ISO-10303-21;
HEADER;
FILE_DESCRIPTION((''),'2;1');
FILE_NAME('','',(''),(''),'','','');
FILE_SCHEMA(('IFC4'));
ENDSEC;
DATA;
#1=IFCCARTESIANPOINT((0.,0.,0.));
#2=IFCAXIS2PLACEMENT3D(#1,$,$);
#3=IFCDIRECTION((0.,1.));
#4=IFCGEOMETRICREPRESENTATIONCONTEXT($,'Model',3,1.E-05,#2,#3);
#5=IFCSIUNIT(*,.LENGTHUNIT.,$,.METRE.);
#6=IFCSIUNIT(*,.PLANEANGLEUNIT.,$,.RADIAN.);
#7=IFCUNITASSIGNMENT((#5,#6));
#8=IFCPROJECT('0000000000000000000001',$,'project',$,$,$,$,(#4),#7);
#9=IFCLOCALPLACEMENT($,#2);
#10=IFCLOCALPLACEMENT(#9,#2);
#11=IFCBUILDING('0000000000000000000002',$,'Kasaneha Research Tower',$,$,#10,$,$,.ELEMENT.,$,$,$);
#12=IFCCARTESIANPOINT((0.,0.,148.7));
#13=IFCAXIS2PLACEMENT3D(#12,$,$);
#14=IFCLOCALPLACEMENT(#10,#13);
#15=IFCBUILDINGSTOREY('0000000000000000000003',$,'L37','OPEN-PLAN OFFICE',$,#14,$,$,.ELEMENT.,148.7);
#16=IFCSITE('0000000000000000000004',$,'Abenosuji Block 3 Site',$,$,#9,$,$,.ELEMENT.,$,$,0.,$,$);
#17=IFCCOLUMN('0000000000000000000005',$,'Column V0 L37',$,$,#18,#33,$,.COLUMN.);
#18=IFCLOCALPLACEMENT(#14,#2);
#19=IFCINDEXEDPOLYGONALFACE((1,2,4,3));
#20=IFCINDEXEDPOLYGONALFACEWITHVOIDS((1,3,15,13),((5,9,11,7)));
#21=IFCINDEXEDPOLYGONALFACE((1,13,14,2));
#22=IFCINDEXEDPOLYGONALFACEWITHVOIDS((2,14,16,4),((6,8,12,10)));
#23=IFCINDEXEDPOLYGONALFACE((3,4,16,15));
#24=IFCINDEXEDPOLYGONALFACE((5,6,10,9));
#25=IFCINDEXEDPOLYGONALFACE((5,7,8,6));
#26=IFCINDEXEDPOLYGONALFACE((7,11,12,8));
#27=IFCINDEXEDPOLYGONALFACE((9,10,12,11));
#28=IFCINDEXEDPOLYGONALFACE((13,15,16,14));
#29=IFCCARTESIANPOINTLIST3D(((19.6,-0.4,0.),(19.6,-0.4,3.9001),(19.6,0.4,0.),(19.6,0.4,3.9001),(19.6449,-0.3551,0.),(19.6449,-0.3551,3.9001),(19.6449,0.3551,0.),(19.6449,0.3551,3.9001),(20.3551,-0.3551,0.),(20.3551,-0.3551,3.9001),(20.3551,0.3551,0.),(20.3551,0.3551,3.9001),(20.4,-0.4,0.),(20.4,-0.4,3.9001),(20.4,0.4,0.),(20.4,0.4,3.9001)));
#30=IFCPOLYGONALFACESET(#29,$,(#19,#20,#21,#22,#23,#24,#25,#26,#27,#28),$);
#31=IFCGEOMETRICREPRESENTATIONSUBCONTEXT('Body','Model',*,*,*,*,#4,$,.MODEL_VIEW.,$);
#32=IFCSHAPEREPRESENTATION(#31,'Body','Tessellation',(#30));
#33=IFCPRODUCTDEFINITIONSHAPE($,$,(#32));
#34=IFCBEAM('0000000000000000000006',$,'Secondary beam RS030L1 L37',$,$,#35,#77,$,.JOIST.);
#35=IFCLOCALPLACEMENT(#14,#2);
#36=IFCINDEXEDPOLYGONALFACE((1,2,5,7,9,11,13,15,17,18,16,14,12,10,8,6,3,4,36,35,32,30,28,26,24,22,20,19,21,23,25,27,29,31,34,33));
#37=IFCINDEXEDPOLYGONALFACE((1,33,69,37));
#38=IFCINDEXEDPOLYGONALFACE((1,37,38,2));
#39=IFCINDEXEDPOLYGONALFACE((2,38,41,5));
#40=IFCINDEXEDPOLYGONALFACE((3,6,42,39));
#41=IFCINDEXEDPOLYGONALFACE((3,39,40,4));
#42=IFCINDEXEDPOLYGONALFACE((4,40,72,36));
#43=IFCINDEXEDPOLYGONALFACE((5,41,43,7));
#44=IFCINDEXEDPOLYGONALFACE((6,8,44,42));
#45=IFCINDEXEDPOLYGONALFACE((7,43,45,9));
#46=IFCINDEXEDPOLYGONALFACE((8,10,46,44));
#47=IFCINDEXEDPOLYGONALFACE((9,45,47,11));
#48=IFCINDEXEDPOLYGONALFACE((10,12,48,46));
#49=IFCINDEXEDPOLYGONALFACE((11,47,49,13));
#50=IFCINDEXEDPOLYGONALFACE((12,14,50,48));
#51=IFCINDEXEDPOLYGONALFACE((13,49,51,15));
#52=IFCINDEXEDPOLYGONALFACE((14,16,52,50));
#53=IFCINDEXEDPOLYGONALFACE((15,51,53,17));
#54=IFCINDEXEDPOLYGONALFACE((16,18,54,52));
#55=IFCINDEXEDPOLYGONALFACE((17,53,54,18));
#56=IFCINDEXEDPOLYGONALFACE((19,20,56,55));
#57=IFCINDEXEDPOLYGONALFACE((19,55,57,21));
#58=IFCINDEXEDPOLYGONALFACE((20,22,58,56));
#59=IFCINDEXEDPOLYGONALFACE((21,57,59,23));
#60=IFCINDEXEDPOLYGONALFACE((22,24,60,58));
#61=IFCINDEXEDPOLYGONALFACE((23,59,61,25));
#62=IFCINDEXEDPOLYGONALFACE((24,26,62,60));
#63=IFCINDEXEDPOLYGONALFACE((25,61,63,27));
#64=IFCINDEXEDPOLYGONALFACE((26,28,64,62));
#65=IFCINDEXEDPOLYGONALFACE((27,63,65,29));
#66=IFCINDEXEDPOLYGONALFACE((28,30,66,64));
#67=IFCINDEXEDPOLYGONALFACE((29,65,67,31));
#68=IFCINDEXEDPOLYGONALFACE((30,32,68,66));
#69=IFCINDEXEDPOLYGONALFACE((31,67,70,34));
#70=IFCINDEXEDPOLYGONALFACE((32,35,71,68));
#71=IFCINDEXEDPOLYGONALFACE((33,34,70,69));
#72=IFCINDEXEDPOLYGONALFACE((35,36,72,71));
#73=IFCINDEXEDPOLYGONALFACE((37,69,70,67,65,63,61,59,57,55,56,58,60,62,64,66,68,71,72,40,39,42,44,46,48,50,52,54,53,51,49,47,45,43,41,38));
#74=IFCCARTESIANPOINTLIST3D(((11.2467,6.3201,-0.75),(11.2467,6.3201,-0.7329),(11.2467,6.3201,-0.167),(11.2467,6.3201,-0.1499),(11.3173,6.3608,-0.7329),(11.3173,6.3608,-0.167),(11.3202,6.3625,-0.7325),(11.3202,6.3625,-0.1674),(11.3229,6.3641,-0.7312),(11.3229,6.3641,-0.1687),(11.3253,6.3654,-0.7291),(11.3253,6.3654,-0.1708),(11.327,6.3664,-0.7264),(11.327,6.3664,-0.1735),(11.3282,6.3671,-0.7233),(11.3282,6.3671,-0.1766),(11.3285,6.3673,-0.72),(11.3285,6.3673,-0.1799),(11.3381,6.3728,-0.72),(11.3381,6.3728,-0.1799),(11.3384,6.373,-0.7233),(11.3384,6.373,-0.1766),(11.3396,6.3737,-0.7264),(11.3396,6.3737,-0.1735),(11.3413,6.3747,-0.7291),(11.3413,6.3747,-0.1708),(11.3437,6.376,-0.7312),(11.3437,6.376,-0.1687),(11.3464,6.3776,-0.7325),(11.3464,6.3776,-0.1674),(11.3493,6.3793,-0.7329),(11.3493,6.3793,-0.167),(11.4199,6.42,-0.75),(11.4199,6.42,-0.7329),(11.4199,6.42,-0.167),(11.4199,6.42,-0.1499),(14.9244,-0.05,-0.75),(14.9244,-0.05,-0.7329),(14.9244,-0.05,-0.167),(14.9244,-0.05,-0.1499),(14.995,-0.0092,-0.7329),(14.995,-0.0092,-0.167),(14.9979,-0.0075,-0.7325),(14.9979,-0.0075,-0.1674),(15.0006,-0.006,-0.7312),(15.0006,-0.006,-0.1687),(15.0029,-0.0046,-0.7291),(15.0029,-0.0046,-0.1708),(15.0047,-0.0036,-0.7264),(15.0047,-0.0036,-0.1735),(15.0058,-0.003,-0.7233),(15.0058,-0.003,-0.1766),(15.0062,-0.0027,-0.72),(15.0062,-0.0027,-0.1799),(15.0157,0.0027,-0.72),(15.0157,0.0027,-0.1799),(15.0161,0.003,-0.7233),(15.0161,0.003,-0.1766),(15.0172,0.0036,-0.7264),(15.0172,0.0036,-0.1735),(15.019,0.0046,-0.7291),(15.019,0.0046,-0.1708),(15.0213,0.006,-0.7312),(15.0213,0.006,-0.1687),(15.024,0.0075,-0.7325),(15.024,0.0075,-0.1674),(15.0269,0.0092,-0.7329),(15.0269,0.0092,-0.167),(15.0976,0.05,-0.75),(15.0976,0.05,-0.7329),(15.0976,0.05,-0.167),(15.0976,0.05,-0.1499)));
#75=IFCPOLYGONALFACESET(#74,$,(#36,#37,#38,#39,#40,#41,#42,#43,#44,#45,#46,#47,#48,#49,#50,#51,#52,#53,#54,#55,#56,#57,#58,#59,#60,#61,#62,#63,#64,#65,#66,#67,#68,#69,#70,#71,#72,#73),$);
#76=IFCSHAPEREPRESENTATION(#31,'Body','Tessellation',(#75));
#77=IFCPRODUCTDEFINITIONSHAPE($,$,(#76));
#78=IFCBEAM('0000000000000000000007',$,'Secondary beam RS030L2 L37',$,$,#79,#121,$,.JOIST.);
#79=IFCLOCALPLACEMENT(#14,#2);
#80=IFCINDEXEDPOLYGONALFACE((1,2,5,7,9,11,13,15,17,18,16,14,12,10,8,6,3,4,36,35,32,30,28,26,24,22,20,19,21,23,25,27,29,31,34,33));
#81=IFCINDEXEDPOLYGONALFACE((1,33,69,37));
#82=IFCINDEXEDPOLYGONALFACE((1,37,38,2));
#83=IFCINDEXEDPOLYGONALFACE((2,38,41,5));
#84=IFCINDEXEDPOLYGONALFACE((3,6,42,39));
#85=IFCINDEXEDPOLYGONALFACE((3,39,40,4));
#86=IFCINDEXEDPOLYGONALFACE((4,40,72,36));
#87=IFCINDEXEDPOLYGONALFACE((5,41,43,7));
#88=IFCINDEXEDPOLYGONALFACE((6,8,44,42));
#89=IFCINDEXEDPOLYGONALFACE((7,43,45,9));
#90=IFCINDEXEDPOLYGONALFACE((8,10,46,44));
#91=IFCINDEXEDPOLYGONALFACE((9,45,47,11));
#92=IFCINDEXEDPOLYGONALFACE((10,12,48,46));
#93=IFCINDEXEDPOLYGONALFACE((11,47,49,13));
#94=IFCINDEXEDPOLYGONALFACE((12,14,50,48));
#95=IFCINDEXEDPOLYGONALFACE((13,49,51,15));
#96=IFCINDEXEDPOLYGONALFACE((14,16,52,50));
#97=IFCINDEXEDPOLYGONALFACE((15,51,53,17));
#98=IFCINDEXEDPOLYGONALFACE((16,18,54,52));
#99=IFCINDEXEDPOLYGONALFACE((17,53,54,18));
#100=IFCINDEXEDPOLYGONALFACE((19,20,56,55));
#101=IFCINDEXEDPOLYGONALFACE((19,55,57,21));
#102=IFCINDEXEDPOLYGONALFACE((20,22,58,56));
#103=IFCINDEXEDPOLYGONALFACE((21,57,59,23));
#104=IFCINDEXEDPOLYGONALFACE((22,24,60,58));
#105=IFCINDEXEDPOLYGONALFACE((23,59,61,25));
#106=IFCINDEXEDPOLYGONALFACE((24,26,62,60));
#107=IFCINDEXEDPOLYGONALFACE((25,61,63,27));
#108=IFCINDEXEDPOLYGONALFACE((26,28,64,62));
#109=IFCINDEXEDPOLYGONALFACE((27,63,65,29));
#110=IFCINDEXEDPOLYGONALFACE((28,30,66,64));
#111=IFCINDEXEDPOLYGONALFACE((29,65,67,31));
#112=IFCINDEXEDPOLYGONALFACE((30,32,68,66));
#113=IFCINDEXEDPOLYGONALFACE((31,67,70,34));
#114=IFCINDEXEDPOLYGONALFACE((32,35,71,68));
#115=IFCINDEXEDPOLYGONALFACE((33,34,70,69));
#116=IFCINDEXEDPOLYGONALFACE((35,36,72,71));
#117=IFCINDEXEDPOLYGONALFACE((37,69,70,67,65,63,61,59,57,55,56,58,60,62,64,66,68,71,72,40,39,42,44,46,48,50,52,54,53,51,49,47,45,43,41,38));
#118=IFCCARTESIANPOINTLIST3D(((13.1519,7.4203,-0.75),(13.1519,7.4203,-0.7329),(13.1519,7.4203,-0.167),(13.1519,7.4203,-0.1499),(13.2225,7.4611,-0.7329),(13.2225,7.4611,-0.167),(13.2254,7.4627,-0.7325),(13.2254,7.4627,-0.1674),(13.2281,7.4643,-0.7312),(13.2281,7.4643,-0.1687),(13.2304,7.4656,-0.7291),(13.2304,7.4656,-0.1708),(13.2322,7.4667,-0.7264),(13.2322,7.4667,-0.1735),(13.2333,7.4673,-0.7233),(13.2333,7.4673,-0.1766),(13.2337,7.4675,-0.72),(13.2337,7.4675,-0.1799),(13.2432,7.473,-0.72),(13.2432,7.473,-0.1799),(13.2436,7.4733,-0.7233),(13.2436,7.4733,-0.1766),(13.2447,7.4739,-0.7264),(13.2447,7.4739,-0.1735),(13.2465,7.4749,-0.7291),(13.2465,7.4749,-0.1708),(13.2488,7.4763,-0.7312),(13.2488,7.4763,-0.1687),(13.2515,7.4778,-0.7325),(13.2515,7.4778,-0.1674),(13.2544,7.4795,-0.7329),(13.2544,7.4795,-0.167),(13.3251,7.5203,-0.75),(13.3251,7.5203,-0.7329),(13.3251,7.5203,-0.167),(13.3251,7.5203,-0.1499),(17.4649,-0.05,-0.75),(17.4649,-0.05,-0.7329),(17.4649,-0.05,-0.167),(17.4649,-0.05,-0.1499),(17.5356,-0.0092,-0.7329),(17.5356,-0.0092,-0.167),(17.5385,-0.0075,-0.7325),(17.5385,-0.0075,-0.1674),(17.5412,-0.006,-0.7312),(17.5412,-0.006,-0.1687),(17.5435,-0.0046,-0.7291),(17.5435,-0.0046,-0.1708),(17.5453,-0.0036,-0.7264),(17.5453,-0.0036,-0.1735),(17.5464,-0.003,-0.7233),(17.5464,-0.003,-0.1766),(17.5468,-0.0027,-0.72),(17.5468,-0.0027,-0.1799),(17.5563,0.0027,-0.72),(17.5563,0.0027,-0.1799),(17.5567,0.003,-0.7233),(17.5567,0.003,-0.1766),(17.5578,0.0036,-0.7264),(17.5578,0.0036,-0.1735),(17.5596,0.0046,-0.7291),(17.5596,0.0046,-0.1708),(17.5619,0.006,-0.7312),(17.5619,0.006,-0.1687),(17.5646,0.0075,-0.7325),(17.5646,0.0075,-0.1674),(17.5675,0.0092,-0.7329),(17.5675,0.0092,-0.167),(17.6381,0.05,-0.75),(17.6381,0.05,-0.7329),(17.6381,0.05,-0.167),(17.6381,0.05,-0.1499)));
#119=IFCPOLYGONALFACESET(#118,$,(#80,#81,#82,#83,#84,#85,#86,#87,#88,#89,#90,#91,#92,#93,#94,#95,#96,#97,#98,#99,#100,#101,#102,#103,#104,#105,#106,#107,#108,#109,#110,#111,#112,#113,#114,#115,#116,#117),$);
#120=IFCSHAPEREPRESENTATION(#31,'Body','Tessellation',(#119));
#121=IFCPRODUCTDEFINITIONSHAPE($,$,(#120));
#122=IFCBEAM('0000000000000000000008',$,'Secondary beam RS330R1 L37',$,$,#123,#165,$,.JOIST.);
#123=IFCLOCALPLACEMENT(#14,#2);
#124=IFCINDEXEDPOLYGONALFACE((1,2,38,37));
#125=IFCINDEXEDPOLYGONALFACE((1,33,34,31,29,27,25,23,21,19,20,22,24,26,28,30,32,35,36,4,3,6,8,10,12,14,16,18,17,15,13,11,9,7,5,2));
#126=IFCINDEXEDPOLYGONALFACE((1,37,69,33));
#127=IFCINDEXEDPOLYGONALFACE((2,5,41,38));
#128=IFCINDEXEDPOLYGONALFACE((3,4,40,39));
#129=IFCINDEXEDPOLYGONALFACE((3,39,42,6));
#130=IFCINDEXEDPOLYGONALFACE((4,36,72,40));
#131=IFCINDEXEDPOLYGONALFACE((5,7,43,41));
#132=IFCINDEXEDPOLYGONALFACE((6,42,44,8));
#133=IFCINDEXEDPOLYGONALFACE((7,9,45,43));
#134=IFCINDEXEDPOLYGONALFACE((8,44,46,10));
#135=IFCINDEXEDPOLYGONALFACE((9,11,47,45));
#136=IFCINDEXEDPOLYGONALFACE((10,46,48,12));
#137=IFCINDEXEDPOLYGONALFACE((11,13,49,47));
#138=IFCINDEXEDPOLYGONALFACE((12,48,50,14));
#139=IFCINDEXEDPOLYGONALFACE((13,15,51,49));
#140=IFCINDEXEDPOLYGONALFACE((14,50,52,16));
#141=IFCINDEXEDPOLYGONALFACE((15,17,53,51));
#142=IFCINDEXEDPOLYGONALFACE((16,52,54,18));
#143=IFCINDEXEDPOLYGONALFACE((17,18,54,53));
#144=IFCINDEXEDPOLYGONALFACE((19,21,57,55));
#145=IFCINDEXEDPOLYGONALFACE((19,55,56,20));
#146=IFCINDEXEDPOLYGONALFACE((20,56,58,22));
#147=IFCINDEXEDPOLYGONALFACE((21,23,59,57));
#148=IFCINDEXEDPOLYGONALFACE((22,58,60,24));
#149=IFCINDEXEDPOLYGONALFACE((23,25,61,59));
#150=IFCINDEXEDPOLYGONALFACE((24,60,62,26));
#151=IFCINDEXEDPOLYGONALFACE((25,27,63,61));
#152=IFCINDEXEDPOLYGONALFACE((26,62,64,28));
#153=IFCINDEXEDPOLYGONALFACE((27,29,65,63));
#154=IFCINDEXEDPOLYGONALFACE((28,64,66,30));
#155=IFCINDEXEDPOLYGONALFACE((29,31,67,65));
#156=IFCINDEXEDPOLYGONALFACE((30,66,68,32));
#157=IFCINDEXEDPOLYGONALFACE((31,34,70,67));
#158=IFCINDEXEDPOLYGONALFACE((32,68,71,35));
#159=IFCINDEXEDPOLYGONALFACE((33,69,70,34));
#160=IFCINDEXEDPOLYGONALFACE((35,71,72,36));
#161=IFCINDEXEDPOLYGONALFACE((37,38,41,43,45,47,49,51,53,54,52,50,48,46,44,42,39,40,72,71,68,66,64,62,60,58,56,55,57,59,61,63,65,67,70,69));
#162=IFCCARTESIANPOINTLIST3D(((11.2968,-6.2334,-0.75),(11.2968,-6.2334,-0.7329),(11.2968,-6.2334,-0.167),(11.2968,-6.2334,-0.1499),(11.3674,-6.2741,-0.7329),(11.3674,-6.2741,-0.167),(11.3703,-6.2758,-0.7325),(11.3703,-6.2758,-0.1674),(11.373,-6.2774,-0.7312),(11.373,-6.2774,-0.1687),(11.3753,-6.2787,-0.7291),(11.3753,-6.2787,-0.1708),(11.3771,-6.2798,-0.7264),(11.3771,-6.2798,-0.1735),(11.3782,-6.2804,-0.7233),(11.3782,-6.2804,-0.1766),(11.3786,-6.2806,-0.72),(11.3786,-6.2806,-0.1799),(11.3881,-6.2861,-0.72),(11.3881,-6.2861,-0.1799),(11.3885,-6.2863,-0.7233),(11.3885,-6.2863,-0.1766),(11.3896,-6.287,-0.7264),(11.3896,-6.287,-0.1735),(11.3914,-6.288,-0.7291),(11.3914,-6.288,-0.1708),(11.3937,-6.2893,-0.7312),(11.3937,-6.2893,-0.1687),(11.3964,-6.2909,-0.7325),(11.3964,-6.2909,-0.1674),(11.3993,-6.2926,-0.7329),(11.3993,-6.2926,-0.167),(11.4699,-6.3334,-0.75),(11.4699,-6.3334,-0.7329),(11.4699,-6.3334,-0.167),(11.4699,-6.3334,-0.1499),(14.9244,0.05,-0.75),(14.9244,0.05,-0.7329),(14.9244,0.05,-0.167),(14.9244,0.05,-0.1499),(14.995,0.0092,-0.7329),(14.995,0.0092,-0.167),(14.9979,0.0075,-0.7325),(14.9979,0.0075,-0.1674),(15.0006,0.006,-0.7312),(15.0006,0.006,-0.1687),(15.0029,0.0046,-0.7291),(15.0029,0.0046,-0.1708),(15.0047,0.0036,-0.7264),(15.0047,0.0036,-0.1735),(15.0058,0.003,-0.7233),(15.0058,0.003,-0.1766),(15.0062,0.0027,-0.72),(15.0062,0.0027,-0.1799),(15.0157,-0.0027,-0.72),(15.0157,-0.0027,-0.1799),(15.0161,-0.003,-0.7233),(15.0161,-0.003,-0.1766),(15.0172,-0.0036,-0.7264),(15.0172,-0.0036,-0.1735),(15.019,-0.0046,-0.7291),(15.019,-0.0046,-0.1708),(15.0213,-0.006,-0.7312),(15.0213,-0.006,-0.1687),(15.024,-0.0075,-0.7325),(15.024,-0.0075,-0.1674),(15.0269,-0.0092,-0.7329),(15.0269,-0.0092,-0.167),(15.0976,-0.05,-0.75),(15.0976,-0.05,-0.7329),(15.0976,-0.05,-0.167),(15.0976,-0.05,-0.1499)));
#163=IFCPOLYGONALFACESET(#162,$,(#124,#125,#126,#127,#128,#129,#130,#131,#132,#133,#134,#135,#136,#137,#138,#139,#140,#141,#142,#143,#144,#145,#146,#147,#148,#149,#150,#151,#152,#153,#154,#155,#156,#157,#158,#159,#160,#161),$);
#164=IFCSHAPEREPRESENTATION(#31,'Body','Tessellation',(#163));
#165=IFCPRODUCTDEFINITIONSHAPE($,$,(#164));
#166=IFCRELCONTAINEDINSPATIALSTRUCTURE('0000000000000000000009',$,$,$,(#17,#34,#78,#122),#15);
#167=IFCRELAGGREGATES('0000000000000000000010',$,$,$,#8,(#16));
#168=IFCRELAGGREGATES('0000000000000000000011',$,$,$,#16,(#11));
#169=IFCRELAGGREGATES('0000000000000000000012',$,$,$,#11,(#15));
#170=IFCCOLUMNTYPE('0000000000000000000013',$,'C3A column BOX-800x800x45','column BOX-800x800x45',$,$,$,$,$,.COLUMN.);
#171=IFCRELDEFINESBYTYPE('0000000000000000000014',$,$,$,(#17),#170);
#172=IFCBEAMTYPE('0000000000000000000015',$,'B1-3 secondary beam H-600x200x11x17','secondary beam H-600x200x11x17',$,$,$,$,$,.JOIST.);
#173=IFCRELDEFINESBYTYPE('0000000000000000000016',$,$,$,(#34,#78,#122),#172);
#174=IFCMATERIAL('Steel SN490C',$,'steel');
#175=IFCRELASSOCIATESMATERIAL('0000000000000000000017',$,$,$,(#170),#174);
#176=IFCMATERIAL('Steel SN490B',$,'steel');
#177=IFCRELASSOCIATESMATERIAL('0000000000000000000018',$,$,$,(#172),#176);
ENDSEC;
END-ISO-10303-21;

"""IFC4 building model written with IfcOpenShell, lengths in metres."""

from ifc_helpers import new_model, si_unit, direction, frame, origin, origin_2d, place, context, subcontext, project, spatial, hollow_rectangle, i_section, extrude, material, material_profile, profile_set, type_object, element, save


model = new_model("IFC4")

# Units and contexts
model_context = context("Model", 3, precision=1e-05, world=origin(), true_north=direction((0.0, 1.0)))
body_context = subcontext(model_context, "Body", "Model", "MODEL_VIEW")
ifc_project = project(units=[si_unit("LENGTHUNIT", "METRE"), si_unit("PLANEANGLEUNIT", "RADIAN")], contexts=[model_context])

# Site, building, storey
site_placement = place(None, origin())
site = spatial("IfcSite", under=ifc_project, at=site_placement, Name="Abenosuji Block 3 Site", CompositionType="ELEMENT", RefElevation=0.0)
building_placement = place(site_placement, origin())
building = spatial("IfcBuilding", under=site, at=building_placement, Name="Kasaneha Research Tower", CompositionType="ELEMENT")
storey_placement = place(building_placement, frame((0.0, 0.0, 148.7)))
storey = spatial("IfcBuildingStorey", under=building, at=storey_placement, Name="L37", Description="OPEN-PLAN OFFICE", CompositionType="ELEMENT", Elevation=148.7)

# Column
ifc_material_1 = material(Name="Steel SN490C", Category="steel")
ifc_material_profile_1 = material_profile(ifc_material_1, hollow_rectangle(XDim=0.8, YDim=0.8, WallThickness=0.0449, at=origin_2d()), Name="BOX-800x800x45")
ifc_profile_set_1 = profile_set([ifc_material_profile_1], Name="Steel SN490C")
column_type = type_object("IfcColumnType", Name="C3A column BOX-800x800x45", Description="column BOX-800x800x45", PredefinedType="COLUMN", material=ifc_profile_set_1)
column_placement = place(storey_placement, frame((20.0, 0.0, 0.0), z_axis=(0.0, 0.0, 1.0), x_axis=(1.0, 0.0, 0.0)))
element("IfcColumn", 1, at=column_placement, inside=storey, type_object=column_type, Name="Column V0 L37", PredefinedType="COLUMN", context=body_context, shape_type="SweptSolid", body=[
    extrude(hollow_rectangle(XDim=0.8, YDim=0.8, WallThickness=0.0449, at=origin_2d()), origin(), (0.0, 0.0, 1.0), 3.9001),
])

# Beams
ifc_material_2 = material(Name="Steel SN490B", Category="steel")
ifc_material_profile_2 = material_profile(ifc_material_2, i_section(OverallWidth=0.2, OverallDepth=0.6001, WebThickness=0.011, FlangeThickness=0.0171, FilletRadius=0.0129, at=origin_2d()), Name="H-600x200x11x17")
ifc_profile_set_2 = profile_set([ifc_material_profile_2], Name="Steel SN490B")
beam_type_1 = type_object("IfcBeamType", Name="B1-3 secondary beam H-600x200x11x17", Description="secondary beam H-600x200x11x17", PredefinedType="JOIST", material=ifc_profile_set_2)
beam_1_placement = place(storey_placement, frame((15.011, 0.0, -0.45), z_axis=(-0.499994, 0.866029, 0.0), x_axis=(-0.866029, -0.499994, 0.0)))
element("IfcBeam", 2, at=beam_1_placement, inside=storey, type_object=beam_type_1, Name="Secondary beam RS030L1 L37", PredefinedType="JOIST", context=body_context, shape_type="SweptSolid", body=[
    extrude(i_section(OverallWidth=0.2, OverallDepth=0.6001, WebThickness=0.011, FlangeThickness=0.0171, FilletRadius=0.0129, at=origin_2d()), origin(), (0.0, 0.0, 1.0), 7.3555),
])
beam_2_placement = place(storey_placement, frame((17.5515, 0.0, -0.45), z_axis=(-0.500005, 0.866023, 0.0), x_axis=(-0.866023, -0.500005, 0.0)))
element("IfcBeam", 3, at=beam_2_placement, inside=storey, type_object=beam_type_1, Name="Secondary beam RS030L2 L37", PredefinedType="JOIST", context=body_context, shape_type="SweptSolid", body=[
    extrude(i_section(OverallWidth=0.2, OverallDepth=0.6001, WebThickness=0.011, FlangeThickness=0.0171, FilletRadius=0.0129, at=origin_2d()), origin(), (0.0, 0.0, 1.0), 8.626),
])
beam_3_placement = place(storey_placement, frame((15.011, 0.0, -0.45), z_axis=(-0.499993, -0.866029, 0.0), x_axis=(0.866029, -0.499993, 0.0)))
element("IfcBeam", 4, at=beam_3_placement, inside=storey, type_object=beam_type_1, Name="Secondary beam RS330R1 L37", PredefinedType="JOIST", context=body_context, shape_type="SweptSolid", body=[
    extrude(i_section(OverallWidth=0.2, OverallDepth=0.6001, WebThickness=0.011, FlangeThickness=0.0171, FilletRadius=0.0129, at=origin_2d()), origin(), (0.0, 0.0, 1.0), 7.2554),
])

save(model, "model.ifc")
